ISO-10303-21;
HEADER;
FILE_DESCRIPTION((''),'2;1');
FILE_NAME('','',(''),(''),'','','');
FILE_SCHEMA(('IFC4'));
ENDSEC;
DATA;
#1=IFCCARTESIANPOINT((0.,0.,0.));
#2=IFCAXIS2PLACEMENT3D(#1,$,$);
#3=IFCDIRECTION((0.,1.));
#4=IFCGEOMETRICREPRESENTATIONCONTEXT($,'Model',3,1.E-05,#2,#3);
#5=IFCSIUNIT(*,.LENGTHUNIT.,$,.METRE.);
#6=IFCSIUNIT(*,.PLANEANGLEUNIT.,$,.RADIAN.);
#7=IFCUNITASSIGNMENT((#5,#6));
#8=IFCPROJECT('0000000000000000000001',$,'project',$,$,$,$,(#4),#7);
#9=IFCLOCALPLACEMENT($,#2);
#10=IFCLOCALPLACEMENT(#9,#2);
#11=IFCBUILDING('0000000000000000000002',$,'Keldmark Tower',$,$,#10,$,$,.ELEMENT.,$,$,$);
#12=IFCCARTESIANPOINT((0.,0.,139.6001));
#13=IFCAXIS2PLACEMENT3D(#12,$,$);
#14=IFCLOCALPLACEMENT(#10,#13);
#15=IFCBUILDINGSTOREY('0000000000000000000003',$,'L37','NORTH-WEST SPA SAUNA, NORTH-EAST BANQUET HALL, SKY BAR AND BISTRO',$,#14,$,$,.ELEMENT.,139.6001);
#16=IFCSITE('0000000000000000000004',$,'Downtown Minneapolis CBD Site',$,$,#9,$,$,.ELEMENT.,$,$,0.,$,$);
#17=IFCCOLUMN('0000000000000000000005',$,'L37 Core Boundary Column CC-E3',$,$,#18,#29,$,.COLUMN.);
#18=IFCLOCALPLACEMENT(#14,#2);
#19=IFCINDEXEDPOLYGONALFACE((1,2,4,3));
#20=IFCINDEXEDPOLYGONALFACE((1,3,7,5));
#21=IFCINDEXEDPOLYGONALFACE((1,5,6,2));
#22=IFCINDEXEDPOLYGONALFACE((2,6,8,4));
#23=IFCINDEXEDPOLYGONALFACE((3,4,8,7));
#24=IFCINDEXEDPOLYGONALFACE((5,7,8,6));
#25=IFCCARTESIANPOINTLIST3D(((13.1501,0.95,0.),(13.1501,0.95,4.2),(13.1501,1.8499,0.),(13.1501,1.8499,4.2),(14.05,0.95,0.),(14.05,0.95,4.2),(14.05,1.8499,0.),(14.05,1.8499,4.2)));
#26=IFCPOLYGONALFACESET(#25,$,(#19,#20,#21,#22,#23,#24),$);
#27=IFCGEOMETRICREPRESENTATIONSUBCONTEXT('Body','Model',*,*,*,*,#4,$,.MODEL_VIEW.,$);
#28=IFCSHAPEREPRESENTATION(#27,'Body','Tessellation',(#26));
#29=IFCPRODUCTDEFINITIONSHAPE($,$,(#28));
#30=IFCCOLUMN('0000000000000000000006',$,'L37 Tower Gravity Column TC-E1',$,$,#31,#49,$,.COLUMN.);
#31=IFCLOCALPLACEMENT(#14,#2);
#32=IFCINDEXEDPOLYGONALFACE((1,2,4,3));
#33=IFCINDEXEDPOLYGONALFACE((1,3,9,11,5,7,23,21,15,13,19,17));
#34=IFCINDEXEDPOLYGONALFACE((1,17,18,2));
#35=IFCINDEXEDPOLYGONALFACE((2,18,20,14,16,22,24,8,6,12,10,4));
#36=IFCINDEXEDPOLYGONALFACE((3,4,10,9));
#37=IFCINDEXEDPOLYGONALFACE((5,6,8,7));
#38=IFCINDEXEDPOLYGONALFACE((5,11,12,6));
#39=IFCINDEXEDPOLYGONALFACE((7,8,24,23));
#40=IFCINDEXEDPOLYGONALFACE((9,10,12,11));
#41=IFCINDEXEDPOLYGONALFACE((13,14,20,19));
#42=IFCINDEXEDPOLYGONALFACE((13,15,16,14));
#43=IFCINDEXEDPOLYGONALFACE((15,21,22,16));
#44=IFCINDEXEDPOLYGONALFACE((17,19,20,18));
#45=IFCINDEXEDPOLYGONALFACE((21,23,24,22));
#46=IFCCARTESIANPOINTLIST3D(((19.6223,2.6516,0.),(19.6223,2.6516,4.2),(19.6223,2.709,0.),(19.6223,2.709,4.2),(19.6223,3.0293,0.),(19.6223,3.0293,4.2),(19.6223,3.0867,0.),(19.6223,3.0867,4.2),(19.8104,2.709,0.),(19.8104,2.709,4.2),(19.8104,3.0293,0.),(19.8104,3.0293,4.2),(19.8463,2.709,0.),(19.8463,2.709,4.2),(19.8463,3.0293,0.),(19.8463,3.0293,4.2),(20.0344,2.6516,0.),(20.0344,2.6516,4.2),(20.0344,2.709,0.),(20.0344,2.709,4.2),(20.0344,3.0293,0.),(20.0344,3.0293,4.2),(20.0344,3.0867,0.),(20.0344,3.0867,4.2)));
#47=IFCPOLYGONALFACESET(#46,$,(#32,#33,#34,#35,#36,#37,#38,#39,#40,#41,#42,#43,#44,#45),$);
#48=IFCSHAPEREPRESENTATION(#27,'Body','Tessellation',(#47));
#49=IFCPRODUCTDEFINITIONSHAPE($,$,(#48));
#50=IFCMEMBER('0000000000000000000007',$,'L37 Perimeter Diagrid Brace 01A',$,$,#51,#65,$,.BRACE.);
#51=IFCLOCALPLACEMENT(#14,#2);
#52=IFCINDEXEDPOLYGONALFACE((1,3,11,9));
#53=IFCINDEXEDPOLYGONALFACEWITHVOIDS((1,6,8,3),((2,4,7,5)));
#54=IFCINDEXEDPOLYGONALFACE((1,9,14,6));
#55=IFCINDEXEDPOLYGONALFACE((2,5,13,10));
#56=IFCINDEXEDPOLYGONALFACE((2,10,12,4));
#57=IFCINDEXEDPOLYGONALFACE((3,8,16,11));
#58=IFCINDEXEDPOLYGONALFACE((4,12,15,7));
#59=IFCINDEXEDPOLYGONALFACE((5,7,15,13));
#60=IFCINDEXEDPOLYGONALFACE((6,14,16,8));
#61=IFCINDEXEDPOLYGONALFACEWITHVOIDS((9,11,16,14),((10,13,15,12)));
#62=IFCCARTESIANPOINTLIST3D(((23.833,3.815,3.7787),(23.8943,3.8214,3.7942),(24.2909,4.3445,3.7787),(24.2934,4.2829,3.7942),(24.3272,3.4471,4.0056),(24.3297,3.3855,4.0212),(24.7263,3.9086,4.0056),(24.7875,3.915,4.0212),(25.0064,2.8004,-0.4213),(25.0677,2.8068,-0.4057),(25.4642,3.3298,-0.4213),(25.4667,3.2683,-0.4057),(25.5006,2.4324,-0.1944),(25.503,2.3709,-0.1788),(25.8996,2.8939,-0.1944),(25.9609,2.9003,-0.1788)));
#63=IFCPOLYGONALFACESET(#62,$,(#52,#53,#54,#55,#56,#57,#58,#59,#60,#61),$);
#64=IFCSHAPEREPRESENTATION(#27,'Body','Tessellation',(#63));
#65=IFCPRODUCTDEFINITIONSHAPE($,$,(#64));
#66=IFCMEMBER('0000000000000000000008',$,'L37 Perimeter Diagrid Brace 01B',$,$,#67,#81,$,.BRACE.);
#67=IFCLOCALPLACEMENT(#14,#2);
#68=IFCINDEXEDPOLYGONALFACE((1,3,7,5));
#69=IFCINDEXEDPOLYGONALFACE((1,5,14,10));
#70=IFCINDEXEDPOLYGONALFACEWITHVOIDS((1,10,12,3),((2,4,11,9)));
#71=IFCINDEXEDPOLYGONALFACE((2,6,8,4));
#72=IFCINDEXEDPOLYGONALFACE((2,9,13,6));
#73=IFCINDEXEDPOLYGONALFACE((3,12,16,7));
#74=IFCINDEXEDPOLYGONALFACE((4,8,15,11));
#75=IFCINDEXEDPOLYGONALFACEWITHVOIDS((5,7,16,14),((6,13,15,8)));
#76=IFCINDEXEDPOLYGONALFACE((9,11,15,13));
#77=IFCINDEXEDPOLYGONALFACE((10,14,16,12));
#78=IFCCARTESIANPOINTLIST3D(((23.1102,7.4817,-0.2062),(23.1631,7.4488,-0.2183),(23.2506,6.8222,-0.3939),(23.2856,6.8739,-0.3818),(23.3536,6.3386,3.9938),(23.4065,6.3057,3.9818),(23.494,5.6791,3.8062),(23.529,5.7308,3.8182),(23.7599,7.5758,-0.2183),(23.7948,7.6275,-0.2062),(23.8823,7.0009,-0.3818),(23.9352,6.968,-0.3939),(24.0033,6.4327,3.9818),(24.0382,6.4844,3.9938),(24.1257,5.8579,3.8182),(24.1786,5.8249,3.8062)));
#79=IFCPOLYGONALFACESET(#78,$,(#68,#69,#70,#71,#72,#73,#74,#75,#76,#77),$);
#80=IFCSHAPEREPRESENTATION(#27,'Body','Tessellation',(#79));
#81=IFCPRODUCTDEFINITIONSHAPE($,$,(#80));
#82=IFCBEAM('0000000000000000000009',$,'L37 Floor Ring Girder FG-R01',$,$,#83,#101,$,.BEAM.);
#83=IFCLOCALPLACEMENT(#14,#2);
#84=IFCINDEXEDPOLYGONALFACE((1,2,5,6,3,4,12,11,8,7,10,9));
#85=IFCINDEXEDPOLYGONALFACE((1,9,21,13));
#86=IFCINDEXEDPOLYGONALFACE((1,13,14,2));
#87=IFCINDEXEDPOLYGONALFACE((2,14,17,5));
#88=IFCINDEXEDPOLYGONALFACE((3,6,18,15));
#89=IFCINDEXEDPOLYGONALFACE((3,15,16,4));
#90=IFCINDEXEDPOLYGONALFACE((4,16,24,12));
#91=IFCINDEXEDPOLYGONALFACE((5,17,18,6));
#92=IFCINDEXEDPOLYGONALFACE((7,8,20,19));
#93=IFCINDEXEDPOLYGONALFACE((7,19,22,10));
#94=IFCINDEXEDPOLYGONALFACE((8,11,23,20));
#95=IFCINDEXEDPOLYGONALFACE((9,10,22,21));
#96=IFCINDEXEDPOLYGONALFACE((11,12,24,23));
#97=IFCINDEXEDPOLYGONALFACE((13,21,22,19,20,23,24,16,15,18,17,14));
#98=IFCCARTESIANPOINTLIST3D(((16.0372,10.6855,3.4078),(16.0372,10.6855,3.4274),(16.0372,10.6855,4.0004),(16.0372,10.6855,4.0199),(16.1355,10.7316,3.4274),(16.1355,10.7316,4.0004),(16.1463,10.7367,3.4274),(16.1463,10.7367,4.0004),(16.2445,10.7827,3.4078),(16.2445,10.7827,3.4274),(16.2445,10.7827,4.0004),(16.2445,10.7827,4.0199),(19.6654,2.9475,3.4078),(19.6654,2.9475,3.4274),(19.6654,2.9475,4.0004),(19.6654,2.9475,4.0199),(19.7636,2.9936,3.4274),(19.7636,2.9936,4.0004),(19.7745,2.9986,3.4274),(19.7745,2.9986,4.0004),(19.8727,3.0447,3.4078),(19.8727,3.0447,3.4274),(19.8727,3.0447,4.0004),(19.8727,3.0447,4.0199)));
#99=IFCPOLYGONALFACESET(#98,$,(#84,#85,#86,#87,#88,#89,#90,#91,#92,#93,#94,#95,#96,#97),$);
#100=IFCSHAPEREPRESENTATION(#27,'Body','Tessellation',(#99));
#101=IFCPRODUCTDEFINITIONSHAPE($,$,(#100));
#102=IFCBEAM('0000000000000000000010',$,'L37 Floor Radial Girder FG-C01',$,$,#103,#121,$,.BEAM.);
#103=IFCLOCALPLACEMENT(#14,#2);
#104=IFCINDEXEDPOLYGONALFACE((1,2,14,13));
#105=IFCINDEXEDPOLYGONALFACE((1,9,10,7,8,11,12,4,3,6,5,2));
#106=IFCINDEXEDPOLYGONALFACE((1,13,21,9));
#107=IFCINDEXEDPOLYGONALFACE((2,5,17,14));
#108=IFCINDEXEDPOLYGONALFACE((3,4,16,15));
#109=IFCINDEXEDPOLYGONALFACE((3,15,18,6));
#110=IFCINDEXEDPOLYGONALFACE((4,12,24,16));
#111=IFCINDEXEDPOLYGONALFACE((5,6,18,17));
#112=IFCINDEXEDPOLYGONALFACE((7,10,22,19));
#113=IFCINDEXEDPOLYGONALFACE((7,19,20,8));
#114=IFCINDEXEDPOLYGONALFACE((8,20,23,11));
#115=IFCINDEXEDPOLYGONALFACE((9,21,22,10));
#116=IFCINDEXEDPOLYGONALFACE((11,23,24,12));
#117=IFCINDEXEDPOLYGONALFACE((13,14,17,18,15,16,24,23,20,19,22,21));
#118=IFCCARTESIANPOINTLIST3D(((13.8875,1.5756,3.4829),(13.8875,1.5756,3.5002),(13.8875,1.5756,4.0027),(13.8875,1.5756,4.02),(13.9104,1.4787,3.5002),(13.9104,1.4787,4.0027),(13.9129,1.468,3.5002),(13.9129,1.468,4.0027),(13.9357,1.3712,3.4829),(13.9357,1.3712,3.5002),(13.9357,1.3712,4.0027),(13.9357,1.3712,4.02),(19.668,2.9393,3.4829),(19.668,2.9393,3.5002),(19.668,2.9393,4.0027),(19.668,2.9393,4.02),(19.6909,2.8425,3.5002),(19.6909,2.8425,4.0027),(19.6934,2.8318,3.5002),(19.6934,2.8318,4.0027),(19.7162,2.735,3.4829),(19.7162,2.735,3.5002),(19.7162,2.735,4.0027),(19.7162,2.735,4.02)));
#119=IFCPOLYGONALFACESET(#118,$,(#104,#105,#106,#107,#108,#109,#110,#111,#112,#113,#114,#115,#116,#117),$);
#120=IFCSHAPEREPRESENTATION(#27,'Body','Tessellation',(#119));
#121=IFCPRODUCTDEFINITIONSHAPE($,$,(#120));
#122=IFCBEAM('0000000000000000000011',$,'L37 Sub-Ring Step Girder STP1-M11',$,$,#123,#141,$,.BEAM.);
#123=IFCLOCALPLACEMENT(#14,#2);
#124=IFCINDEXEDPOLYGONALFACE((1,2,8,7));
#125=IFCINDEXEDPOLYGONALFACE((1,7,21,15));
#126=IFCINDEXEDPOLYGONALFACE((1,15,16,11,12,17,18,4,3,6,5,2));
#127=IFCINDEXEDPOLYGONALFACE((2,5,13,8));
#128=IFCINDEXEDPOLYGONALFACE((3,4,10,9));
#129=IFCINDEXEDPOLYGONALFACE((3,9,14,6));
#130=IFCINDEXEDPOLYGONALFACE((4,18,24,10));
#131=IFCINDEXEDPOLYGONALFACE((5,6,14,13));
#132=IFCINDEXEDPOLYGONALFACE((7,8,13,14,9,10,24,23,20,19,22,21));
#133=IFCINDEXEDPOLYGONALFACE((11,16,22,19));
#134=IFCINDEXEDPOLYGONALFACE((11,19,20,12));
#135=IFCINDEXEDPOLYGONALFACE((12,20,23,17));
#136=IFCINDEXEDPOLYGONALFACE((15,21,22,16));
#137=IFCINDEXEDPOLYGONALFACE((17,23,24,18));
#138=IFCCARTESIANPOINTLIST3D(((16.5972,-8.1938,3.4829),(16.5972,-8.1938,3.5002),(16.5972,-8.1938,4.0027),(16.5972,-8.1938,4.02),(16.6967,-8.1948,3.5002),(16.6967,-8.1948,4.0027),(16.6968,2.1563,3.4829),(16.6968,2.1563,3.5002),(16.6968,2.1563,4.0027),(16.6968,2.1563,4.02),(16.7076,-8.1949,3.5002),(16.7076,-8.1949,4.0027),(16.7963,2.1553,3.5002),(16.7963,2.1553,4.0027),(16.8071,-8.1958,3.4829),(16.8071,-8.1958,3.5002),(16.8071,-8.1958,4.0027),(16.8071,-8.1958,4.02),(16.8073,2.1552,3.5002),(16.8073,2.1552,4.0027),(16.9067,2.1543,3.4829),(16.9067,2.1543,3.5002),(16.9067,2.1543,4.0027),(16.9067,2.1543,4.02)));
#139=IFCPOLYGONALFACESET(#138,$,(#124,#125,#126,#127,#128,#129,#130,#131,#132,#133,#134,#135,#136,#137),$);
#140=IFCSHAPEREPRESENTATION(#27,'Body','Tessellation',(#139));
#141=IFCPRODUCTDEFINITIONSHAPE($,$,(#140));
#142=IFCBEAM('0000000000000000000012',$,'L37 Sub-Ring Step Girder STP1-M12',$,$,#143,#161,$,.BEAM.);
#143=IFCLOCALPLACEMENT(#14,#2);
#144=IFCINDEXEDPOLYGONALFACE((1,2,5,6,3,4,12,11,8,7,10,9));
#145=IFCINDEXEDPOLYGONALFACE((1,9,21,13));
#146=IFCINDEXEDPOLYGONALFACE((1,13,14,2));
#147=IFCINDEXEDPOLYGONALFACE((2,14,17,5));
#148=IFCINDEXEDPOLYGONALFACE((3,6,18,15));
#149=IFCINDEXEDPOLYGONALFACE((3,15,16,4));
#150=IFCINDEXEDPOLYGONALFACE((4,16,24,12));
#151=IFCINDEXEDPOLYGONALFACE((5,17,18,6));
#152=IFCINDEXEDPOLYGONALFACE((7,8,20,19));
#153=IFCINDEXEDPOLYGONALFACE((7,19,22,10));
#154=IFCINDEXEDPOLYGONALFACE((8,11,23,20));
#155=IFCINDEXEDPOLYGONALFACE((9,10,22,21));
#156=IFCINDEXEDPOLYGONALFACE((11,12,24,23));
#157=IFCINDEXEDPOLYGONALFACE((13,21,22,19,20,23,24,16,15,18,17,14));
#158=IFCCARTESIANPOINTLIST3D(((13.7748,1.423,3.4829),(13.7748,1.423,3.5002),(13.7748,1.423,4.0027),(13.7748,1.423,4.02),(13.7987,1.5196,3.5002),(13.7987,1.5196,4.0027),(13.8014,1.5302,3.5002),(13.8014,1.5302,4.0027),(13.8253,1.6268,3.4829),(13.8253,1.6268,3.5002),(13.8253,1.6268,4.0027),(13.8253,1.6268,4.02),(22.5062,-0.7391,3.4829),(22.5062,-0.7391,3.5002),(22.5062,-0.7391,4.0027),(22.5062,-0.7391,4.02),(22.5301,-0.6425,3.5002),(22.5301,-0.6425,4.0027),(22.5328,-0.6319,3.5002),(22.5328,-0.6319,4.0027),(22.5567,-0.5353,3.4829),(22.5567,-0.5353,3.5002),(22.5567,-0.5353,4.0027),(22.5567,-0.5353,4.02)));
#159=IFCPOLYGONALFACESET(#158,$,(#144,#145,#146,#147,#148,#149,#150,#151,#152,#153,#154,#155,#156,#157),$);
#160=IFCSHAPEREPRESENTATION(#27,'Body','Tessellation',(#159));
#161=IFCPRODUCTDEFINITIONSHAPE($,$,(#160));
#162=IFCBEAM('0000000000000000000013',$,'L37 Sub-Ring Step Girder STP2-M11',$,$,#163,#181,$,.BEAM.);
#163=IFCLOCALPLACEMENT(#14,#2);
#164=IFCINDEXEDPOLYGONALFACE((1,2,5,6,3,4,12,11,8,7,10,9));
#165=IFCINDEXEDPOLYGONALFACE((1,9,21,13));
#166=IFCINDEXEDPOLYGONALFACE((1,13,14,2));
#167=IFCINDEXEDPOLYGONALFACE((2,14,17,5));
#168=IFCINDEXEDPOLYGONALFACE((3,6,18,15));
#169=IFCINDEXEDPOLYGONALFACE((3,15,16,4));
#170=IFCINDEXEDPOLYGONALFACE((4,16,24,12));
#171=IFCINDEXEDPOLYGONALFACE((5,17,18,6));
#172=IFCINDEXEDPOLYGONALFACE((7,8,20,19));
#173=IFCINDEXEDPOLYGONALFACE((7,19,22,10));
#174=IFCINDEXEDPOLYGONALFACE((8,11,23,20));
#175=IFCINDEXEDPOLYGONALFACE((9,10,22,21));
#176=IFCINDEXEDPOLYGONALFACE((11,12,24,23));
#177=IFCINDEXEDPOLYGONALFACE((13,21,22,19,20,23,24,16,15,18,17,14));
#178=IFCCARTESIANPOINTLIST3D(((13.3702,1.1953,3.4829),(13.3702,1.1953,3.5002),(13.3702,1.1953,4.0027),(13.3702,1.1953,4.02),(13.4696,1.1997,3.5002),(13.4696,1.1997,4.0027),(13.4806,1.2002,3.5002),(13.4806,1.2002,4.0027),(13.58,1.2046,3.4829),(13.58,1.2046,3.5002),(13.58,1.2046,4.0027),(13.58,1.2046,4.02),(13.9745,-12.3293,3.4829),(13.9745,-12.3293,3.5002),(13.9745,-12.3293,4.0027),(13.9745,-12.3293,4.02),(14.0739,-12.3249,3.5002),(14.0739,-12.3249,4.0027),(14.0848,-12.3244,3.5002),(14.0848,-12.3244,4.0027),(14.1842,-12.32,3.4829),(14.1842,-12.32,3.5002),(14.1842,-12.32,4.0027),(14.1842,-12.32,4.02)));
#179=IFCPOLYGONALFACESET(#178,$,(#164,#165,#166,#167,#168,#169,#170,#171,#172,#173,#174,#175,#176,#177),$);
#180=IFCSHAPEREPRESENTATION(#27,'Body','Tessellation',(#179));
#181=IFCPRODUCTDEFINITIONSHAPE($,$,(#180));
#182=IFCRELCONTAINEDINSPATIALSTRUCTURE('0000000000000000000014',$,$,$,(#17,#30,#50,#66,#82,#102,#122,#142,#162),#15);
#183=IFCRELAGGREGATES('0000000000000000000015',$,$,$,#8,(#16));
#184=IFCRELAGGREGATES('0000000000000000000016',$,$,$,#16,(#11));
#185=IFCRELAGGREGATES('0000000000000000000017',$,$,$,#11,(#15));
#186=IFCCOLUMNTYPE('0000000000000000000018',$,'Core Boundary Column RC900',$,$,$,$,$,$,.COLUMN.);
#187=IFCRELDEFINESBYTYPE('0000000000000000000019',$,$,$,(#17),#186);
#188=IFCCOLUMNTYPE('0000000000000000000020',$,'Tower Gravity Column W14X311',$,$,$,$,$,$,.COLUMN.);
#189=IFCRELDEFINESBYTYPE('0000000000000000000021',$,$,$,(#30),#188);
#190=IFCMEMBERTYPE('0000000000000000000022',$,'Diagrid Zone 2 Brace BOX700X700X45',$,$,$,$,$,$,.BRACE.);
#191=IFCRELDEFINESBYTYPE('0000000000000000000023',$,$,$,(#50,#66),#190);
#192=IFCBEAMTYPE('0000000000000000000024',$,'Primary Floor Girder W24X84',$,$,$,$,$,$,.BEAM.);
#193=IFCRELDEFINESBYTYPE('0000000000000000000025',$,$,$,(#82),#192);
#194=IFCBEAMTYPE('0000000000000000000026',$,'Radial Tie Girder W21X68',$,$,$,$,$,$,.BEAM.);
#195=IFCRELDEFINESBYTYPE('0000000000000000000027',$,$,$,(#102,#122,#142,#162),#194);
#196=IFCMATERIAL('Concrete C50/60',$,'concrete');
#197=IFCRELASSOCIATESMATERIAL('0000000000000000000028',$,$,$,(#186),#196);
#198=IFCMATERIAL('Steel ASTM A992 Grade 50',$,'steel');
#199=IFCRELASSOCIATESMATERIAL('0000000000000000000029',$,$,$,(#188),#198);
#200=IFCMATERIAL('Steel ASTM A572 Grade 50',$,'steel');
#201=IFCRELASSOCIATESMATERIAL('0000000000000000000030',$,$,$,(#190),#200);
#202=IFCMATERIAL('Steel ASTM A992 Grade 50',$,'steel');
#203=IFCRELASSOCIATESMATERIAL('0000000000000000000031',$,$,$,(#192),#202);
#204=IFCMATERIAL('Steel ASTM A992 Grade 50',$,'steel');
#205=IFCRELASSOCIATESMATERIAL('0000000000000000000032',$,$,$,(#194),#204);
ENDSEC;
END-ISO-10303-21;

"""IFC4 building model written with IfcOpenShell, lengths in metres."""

from ifc_helpers import new_model, si_unit, direction, frame, origin, origin_2d, place, context, subcontext, project, spatial, rectangle, hollow_rectangle, i_section, extrude, material, material_profile, profile_set, type_object, element, save


model = new_model("IFC4")

# Units and contexts
model_context = context("Model", 3, precision=1e-05, world=origin(), true_north=direction((0.0, 1.0)))
body_context = subcontext(model_context, "Body", "Model", "MODEL_VIEW")
ifc_project = project(units=[si_unit("LENGTHUNIT", "METRE"), si_unit("PLANEANGLEUNIT", "RADIAN")], contexts=[model_context])

# Site, building, storey
site_placement = place(None, origin())
site = spatial("IfcSite", under=ifc_project, at=site_placement, Name="Downtown Minneapolis CBD Site", CompositionType="ELEMENT", RefElevation=0.0)
building_placement = place(site_placement, origin())
building = spatial("IfcBuilding", under=site, at=building_placement, Name="Keldmark Tower", CompositionType="ELEMENT")
storey_placement = place(building_placement, frame((0.0, 0.0, 139.6001)))
storey = spatial("IfcBuildingStorey", under=building, at=storey_placement, Name="L37", Description="NORTH-WEST SPA SAUNA, NORTH-EAST BANQUET HALL, SKY BAR AND BISTRO", CompositionType="ELEMENT", Elevation=139.6001)

# Columns
ifc_material_1 = material(Name="Concrete C50/60", Category="concrete")
ifc_material_profile_1 = material_profile(ifc_material_1, rectangle(XDim=0.8999, YDim=0.8999, at=origin_2d()), Name="RC900X900")
ifc_profile_set_1 = profile_set([ifc_material_profile_1], Name="Concrete C50/60")
column_type_1 = type_object("IfcColumnType", Name="Core Boundary Column RC900", PredefinedType="COLUMN", material=ifc_profile_set_1)
column_1_placement = place(storey_placement, frame((13.6001, 1.3999, 0.0), z_axis=(0.0, 0.0, 1.0), x_axis=(1.0, 0.0, 0.0)))
element("IfcColumn", 1, at=column_1_placement, inside=storey, type_object=column_type_1, Name="L37 Core Boundary Column CC-E3", PredefinedType="COLUMN", context=body_context, shape_type="SweptSolid", body=[
    extrude(rectangle(XDim=0.8999, YDim=0.8999, at=origin_2d()), origin(), (0.0, 0.0, 1.0), 4.2),
])
ifc_material_2 = material(Name="Steel ASTM A992 Grade 50", Category="steel")
ifc_material_profile_2 = material_profile(ifc_material_2, i_section(OverallWidth=0.4121, OverallDepth=0.4351, WebThickness=0.0359, FlangeThickness=0.0574, at=origin_2d()), Name="W14X311")
ifc_profile_set_2 = profile_set([ifc_material_profile_2], Name="Steel ASTM A992 Grade 50")
column_type_2 = type_object("IfcColumnType", Name="Tower Gravity Column W14X311", PredefinedType="COLUMN", material=ifc_profile_set_2)
column_2_placement = place(storey_placement, frame((19.8284, 2.8691, 0.0), z_axis=(0.0, 0.0, 1.0), x_axis=(1.0, 0.0, 0.0)))
element("IfcColumn", 2, at=column_2_placement, inside=storey, type_object=column_type_2, Name="L37 Tower Gravity Column TC-E1", PredefinedType="COLUMN", context=body_context, shape_type="SweptSolid", body=[
    extrude(i_section(OverallWidth=0.4121, OverallDepth=0.4351, WebThickness=0.0359, FlangeThickness=0.0574, at=origin_2d()), origin(), (0.0, 0.0, 1.0), 4.2),
])

# Members
ifc_material_3 = material(Name="Steel ASTM A572 Grade 50", Category="steel")
ifc_material_profile_3 = material_profile(ifc_material_3, hollow_rectangle(XDim=0.7, YDim=0.7, WallThickness=0.0449, at=origin_2d()), Name="BOX700X700X45")
ifc_profile_set_3 = profile_set([ifc_material_profile_3], Name="Steel ASTM A572 Grade 50")
member_type = type_object("IfcMemberType", Name="Diagrid Zone 2 Brace BOX700X700X45", PredefinedType="BRACE", material=ifc_profile_set_3)
member_1_placement = place(storey_placement, frame((25.4836, 2.8503, -0.3), z_axis=(-0.262067, 0.226623, 0.938064), x_axis=(-0.654103, -0.756405, 0.0)))
element("IfcMember", 3, at=member_1_placement, inside=storey, type_object=member_type, Name="L37 Perimeter Diagrid Brace 01A", PredefinedType="BRACE", context=body_context, shape_type="SweptSolid", body=[
    extrude(hollow_rectangle(XDim=0.7, YDim=0.7, WallThickness=0.0449, at=origin_2d()), origin(), (0.0, 0.0, 1.0), 4.4773),
])
member_2_placement = place(storey_placement, frame((23.5227, 7.2249, -0.3), z_axis=(0.055834, -0.2622, 0.963397), x_axis=(0.978071, 0.208273, 0.0)))
element("IfcMember", 4, at=member_2_placement, inside=storey, type_object=member_type, Name="L37 Perimeter Diagrid Brace 01B", PredefinedType="BRACE", context=body_context, shape_type="SweptSolid", body=[
    extrude(hollow_rectangle(XDim=0.7, YDim=0.7, WallThickness=0.0449, at=origin_2d()), origin(), (0.0, 0.0, 1.0), 4.3596),
])

# Beams
ifc_material_4 = material(Name="Steel ASTM A992 Grade 50", Category="steel")
ifc_material_profile_4 = material_profile(ifc_material_4, i_section(OverallWidth=0.229, OverallDepth=0.6121, WebThickness=0.012, FlangeThickness=0.0195, at=origin_2d()), Name="W24X84")
ifc_profile_set_4 = profile_set([ifc_material_profile_4], Name="Steel ASTM A992 Grade 50")
beam_type_1 = type_object("IfcBeamType", Name="Primary Floor Girder W24X84", PredefinedType="BEAM", material=ifc_profile_set_4)
beam_1_placement = place(storey_placement, frame((19.769, 2.9961, 3.7139), z_axis=(-0.424527, 0.905415, 0.0), x_axis=(-0.905415, -0.424527, 0.0)))
element("IfcBeam", 5, at=beam_1_placement, inside=storey, type_object=beam_type_1, Name="L37 Floor Ring Girder FG-R01", PredefinedType="BEAM", context=body_context, shape_type="SweptSolid", body=[
    extrude(i_section(OverallWidth=0.229, OverallDepth=0.6121, WebThickness=0.012, FlangeThickness=0.0195, at=origin_2d()), origin(), (0.0, 0.0, 1.0), 8.5464),
])
ifc_material_5 = material(Name="Steel ASTM A992 Grade 50", Category="steel")
ifc_material_profile_5 = material_profile(ifc_material_5, i_section(OverallWidth=0.21, OverallDepth=0.5371, WebThickness=0.011, FlangeThickness=0.0173, at=origin_2d()), Name="W21X68")
ifc_profile_set_5 = profile_set([ifc_material_profile_5], Name="Steel ASTM A992 Grade 50")
beam_type_2 = type_object("IfcBeamType", Name="Radial Tie Girder W21X68", PredefinedType="BEAM", material=ifc_profile_set_5)
beam_2_placement = place(storey_placement, frame((19.6921, 2.8372, 3.7515), z_axis=(-0.97328, -0.229621, 0.0), x_axis=(0.229621, -0.97328, 0.0)))
element("IfcBeam", 6, at=beam_2_placement, inside=storey, type_object=beam_type_2, Name="L37 Floor Radial Girder FG-C01", PredefinedType="BEAM", context=body_context, shape_type="SweptSolid", body=[
    extrude(i_section(OverallWidth=0.21, OverallDepth=0.5371, WebThickness=0.011, FlangeThickness=0.0173, at=origin_2d()), origin(), (0.0, 0.0, 1.0), 5.9392),
])
beam_3_placement = place(storey_placement, frame((16.8018, 2.1553, 3.7515), z_axis=(-0.009624, -0.999954, 0.0), x_axis=(0.999954, -0.009624, 0.0)))
element("IfcBeam", 7, at=beam_3_placement, inside=storey, type_object=beam_type_2, Name="L37 Sub-Ring Step Girder STP1-M11", PredefinedType="BEAM", context=body_context, shape_type="SweptSolid", body=[
    extrude(i_section(OverallWidth=0.21, OverallDepth=0.5371, WebThickness=0.011, FlangeThickness=0.0173, at=origin_2d()), origin(), (0.0, 0.0, 1.0), 10.3506),
])
beam_4_placement = place(storey_placement, frame((13.8, 1.5249, 3.7515), z_axis=(0.970683, -0.240364, 0.0), x_axis=(0.240364, 0.970683, 0.0)))
element("IfcBeam", 8, at=beam_4_placement, inside=storey, type_object=beam_type_2, Name="L37 Sub-Ring Step Girder STP1-M12", PredefinedType="BEAM", context=body_context, shape_type="SweptSolid", body=[
    extrude(i_section(OverallWidth=0.21, OverallDepth=0.5371, WebThickness=0.011, FlangeThickness=0.0173, at=origin_2d()), origin(), (0.0, 0.0, 1.0), 8.9951),
])
beam_5_placement = place(storey_placement, frame((13.4751, 1.2, 3.7515), z_axis=(0.044633, -0.999003, 0.0), x_axis=(0.999003, 0.044633, 0.0)))
element("IfcBeam", 9, at=beam_5_placement, inside=storey, type_object=beam_type_2, Name="L37 Sub-Ring Step Girder STP2-M11", PredefinedType="BEAM", context=body_context, shape_type="SweptSolid", body=[
    extrude(i_section(OverallWidth=0.21, OverallDepth=0.5371, WebThickness=0.011, FlangeThickness=0.0173, at=origin_2d()), origin(), (0.0, 0.0, 1.0), 13.5381),
])

save(model, "model.ifc")
